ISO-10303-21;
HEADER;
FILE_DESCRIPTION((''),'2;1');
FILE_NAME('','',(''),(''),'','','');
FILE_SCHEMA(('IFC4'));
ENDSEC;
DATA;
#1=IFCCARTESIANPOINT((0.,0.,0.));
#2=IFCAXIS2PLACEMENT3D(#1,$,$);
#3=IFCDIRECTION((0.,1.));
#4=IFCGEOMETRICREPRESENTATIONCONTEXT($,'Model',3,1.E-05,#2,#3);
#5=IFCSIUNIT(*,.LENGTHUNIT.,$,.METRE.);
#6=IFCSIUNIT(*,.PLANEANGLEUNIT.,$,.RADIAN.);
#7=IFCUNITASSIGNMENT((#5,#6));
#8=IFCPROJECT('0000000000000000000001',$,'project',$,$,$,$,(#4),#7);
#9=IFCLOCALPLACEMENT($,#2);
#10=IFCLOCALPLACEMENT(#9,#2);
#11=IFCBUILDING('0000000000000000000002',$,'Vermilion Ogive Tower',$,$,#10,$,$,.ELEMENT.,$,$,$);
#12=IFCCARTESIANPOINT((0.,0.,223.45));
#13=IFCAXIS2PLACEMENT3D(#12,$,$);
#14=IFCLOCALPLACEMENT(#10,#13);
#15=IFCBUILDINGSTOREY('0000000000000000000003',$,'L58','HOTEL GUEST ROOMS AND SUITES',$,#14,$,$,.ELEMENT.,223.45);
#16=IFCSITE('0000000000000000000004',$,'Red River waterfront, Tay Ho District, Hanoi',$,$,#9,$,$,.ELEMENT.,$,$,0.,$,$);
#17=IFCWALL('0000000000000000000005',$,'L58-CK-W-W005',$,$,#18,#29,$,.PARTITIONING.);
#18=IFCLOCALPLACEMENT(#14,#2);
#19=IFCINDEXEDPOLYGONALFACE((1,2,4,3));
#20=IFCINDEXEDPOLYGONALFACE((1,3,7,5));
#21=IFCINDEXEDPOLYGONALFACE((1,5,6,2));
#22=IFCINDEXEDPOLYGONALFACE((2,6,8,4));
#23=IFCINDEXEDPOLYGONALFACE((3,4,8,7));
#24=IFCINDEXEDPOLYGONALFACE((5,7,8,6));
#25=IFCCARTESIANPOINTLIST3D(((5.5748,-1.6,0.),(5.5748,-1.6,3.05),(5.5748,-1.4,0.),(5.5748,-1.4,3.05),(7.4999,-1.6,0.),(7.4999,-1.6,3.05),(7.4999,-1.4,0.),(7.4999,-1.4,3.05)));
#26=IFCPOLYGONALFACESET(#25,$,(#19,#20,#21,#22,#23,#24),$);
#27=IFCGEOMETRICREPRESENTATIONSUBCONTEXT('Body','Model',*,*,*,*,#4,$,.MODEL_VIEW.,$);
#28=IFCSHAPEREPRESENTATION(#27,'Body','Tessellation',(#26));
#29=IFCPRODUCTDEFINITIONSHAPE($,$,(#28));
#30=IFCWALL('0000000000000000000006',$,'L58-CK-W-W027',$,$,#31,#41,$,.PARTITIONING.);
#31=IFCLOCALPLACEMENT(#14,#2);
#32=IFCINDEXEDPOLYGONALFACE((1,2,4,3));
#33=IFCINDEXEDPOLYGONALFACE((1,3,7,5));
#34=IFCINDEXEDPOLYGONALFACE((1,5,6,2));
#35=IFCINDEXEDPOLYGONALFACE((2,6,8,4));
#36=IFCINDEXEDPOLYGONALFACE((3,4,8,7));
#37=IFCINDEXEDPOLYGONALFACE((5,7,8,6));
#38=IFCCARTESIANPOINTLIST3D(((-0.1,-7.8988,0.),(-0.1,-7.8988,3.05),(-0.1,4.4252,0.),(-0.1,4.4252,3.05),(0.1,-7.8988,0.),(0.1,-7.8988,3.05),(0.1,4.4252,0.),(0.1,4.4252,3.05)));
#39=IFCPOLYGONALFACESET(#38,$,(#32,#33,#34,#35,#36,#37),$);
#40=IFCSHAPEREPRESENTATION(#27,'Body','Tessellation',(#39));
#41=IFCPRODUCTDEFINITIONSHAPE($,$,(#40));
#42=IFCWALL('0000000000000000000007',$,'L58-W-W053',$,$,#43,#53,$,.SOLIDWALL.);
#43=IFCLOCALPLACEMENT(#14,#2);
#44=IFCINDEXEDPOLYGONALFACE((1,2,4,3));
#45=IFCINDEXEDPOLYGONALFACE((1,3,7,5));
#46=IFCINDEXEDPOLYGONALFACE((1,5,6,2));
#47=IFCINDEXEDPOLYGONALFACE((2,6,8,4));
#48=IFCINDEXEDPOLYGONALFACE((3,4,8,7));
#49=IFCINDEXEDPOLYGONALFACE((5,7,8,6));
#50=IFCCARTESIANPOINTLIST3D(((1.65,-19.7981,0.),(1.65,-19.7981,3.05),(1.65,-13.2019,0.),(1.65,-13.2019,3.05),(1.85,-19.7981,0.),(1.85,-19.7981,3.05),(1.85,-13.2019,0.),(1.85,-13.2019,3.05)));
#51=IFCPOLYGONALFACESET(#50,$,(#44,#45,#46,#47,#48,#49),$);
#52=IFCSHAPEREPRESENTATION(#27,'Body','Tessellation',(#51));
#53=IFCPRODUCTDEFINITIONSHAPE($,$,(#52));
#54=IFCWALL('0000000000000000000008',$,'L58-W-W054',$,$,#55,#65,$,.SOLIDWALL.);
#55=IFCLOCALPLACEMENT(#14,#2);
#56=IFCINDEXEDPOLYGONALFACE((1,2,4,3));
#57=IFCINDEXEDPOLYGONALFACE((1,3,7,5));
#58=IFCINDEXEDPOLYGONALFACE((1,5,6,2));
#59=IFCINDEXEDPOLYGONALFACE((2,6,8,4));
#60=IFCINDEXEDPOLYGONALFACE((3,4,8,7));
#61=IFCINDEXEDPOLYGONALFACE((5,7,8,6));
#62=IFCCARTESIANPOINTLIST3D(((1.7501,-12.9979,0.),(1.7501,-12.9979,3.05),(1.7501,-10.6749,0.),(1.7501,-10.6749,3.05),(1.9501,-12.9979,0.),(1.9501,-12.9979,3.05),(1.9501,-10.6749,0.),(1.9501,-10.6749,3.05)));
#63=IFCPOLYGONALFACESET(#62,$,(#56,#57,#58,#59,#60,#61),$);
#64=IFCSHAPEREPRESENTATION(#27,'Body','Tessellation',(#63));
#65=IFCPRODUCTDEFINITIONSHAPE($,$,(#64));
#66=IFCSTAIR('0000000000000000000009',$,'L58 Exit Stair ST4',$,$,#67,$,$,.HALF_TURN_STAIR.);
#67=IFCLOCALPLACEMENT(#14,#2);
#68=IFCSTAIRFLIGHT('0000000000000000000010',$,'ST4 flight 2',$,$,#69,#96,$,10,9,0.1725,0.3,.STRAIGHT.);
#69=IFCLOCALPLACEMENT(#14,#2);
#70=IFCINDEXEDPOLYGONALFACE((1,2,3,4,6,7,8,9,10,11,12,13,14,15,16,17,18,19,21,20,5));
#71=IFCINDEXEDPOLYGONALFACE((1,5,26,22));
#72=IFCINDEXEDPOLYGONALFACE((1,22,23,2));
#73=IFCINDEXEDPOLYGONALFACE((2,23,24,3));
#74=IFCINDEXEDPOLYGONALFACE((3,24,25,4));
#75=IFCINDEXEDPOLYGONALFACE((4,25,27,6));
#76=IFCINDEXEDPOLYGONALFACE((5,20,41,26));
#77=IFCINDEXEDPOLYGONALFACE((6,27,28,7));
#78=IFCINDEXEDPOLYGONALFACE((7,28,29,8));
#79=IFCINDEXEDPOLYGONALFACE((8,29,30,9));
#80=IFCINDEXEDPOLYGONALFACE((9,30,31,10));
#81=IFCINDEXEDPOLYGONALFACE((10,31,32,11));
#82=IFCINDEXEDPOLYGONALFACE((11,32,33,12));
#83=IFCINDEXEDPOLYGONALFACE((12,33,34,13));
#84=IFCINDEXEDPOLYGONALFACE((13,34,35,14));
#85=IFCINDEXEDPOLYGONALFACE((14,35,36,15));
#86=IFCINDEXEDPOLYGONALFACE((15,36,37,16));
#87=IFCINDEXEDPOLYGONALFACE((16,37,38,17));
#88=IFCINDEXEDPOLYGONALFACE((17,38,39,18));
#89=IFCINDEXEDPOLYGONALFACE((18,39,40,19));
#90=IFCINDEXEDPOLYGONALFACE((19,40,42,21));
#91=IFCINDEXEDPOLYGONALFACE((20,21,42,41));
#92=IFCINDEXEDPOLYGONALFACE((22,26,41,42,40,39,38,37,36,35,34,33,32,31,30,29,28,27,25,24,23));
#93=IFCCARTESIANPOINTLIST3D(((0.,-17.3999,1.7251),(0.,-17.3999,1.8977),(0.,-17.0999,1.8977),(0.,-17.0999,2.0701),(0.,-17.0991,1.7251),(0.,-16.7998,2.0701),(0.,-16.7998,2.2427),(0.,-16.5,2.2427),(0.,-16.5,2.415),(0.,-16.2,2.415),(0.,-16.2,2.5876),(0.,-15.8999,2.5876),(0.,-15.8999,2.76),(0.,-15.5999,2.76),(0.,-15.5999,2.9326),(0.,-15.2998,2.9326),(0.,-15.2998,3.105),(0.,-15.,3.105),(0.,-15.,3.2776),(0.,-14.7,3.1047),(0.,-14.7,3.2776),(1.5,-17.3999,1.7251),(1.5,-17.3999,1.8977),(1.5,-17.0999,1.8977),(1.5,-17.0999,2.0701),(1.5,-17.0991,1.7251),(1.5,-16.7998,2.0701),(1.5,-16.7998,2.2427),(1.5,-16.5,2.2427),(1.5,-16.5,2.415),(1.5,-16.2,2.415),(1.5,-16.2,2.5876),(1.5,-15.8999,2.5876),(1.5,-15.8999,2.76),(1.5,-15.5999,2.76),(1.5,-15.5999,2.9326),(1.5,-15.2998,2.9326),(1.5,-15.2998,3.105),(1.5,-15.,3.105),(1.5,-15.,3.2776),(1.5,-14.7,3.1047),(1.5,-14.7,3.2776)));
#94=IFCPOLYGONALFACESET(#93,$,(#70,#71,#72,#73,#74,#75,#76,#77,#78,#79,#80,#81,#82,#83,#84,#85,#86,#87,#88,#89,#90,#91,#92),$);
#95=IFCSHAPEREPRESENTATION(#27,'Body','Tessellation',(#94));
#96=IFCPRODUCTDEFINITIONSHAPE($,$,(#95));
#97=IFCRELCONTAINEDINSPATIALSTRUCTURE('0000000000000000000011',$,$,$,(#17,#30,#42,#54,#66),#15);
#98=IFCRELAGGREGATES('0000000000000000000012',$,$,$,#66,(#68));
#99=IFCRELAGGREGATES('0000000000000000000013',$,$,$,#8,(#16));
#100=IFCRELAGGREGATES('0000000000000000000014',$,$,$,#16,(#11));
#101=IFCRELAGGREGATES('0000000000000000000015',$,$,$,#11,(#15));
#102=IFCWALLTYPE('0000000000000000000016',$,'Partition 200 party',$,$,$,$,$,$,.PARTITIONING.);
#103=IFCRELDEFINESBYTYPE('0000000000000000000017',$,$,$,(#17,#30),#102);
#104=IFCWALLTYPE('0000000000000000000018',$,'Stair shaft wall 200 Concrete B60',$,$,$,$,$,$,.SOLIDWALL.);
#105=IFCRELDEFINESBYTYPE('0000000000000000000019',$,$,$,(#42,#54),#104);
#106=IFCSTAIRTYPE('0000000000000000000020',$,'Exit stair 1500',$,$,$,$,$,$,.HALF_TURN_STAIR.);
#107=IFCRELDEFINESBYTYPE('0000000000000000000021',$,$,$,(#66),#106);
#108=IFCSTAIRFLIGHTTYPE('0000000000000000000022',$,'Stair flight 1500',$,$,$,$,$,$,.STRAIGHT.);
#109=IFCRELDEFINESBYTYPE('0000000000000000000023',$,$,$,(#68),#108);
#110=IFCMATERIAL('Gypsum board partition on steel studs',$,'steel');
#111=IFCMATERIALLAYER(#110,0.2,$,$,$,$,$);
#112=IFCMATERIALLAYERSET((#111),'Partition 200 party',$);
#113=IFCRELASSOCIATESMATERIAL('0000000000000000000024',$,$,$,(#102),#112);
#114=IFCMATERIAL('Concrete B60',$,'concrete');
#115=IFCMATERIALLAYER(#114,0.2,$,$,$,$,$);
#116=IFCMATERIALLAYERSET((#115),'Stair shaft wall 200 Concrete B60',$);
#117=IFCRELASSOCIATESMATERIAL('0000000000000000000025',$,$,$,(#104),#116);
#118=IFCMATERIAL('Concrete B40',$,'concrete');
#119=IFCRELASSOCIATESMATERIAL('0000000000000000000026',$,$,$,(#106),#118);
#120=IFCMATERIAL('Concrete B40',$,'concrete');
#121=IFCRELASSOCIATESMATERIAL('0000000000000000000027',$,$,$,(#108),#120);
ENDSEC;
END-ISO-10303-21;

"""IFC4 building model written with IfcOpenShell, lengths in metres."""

from ifc_helpers import new_model, si_unit, direction, frame, frame_2d, origin, place, context, subcontext, project, spatial, polyline, rectangle, outline, extrude, material, layer, layer_set, type_object, element, aggregate, save


model = new_model("IFC4")

# Units and contexts
model_context = context("Model", 3, precision=1e-05, world=origin(), true_north=direction((0.0, 1.0)))
body_context = subcontext(model_context, "Body", "Model", "MODEL_VIEW")
ifc_project = project(units=[si_unit("LENGTHUNIT", "METRE"), si_unit("PLANEANGLEUNIT", "RADIAN")], contexts=[model_context])

# Site, building, storey
site_placement = place(None, origin())
site = spatial("IfcSite", under=ifc_project, at=site_placement, Name="Red River waterfront, Tay Ho District, Hanoi", CompositionType="ELEMENT", RefElevation=0.0)
building_placement = place(site_placement, origin())
building = spatial("IfcBuilding", under=site, at=building_placement, Name="Vermilion Ogive Tower", CompositionType="ELEMENT")
storey_placement = place(building_placement, frame((0.0, 0.0, 223.45)))
storey = spatial("IfcBuildingStorey", under=building, at=storey_placement, Name="L58", Description="HOTEL GUEST ROOMS AND SUITES", CompositionType="ELEMENT", Elevation=223.45)

# Walls
ifc_material_1 = material(Name="Gypsum board partition on steel studs", Category="steel")
ifc_layer_1 = layer(ifc_material_1, 0.2)
ifc_layer_set_1 = layer_set([ifc_layer_1], Name="Partition 200 party")
wall_type_1 = type_object("IfcWallType", Name="Partition 200 party", PredefinedType="PARTITIONING", material=ifc_layer_set_1)
wall_1_placement = place(storey_placement, frame((5.575, -1.5, 0.0), z_axis=(0.0, 0.0, 1.0), x_axis=(1.0, 0.0, 0.0)))
element("IfcWall", 1, at=wall_1_placement, inside=storey, type_object=wall_type_1, Name="L58-CK-W-W005", PredefinedType="PARTITIONING", context=body_context, shape_type="SweptSolid", body=[
    extrude(rectangle(XDim=1.925, YDim=0.2, at=frame_2d((0.9624, 0.0))), origin(), (0.0, 0.0, 1.0), 3.05),
])
wall_2_placement = place(storey_placement, frame((0.0, -7.8989, 0.0), z_axis=(0.0, 0.0, 1.0), x_axis=(0.0, 1.0, 0.0)))
element("IfcWall", 2, at=wall_2_placement, inside=storey, type_object=wall_type_1, Name="L58-CK-W-W027", PredefinedType="PARTITIONING", context=body_context, shape_type="SweptSolid", body=[
    extrude(rectangle(XDim=12.324, YDim=0.2, at=frame_2d((6.1621, 0.0))), origin(), (0.0, 0.0, 1.0), 3.05),
])
ifc_material_2 = material(Name="Concrete B60", Category="concrete")
ifc_layer_2 = layer(ifc_material_2, 0.2)
ifc_layer_set_2 = layer_set([ifc_layer_2], Name="Stair shaft wall 200 Concrete B60")
wall_type_2 = type_object("IfcWallType", Name="Stair shaft wall 200 Concrete B60", PredefinedType="SOLIDWALL", material=ifc_layer_set_2)
wall_3_placement = place(storey_placement, frame((1.75, -19.7981, 0.0), z_axis=(0.0, 0.0, 1.0), x_axis=(0.0, 1.0, 0.0)))
element("IfcWall", 3, at=wall_3_placement, inside=storey, type_object=wall_type_2, Name="L58-W-W053", PredefinedType="SOLIDWALL", context=body_context, shape_type="SweptSolid", body=[
    extrude(rectangle(XDim=6.5962, YDim=0.2, at=frame_2d((3.2981, 0.0))), origin(), (0.0, 0.0, 1.0), 3.05),
])
wall_4_placement = place(storey_placement, frame((1.8501, -12.998, 0.0), z_axis=(0.0, 0.0, 1.0), x_axis=(0.0, 1.0, 0.0)))
element("IfcWall", 4, at=wall_4_placement, inside=storey, type_object=wall_type_2, Name="L58-W-W054", PredefinedType="SOLIDWALL", context=body_context, shape_type="SweptSolid", body=[
    extrude(rectangle(XDim=2.323, YDim=0.2, at=frame_2d((1.1616, 0.0))), origin(), (0.0, 0.0, 1.0), 3.05),
])

# Stair, stair flight
ifc_material_3 = material(Name="Concrete B40", Category="concrete")
stair_type = type_object("IfcStairType", Name="Exit stair 1500", PredefinedType="HALF_TURN_STAIR", material=ifc_material_3)
stair_placement = place(storey_placement, origin())
stair = element("IfcStair", 5, at=stair_placement, inside=storey, type_object=stair_type, Name="L58 Exit Stair ST4", PredefinedType="HALF_TURN_STAIR")
ifc_material_4 = material(Name="Concrete B40", Category="concrete")
stair_flight_type = type_object("IfcStairFlightType", Name="Stair flight 1500", PredefinedType="STRAIGHT", material=ifc_material_4)
stair_flight_placement = place(storey_placement, frame((0.75, -17.3999, 1.7251), z_axis=(0.0, 0.0, 1.0), x_axis=(0.0, 1.0, 0.0)))
stair_flight = element("IfcStairFlight", 6, at=stair_flight_placement, type_object=stair_flight_type, Name="ST4 flight 2", NumberOfRisers=10, NumberOfTreads=9, PredefinedType="STRAIGHT", RiserHeight=0.1725, TreadLength=0.3, context=body_context, shape_type="SweptSolid", body=[
    extrude(outline(polyline([(0.0, 0.0), (0.0, 0.1726), (0.3, 0.1726), (0.3, 0.345), (0.6001, 0.345), (0.6001, 0.5176), (0.8999, 0.5176), (0.8999, 0.6899), (1.2, 0.6899), (1.2, 0.8625), (1.5, 0.8625), (1.5, 1.0349), (1.8, 1.0349), (1.8, 1.2075), (2.1001, 1.2075), (2.1001, 1.3799), (2.3999, 1.3799), (2.3999, 1.5525), (2.7, 1.5525), (2.7, 1.7251), (2.7, 1.3796), (0.3008, 0.0), (0.0, 0.0)])), frame((0.0, 0.75, 0.0), z_axis=(0.0, -1.0, 0.0), x_axis=(1.0, 0.0, 0.0)), (0.0, 0.0, 1.0), 1.5),
])
aggregate(stair, [stair_flight])

save(model, "model.ifc")
